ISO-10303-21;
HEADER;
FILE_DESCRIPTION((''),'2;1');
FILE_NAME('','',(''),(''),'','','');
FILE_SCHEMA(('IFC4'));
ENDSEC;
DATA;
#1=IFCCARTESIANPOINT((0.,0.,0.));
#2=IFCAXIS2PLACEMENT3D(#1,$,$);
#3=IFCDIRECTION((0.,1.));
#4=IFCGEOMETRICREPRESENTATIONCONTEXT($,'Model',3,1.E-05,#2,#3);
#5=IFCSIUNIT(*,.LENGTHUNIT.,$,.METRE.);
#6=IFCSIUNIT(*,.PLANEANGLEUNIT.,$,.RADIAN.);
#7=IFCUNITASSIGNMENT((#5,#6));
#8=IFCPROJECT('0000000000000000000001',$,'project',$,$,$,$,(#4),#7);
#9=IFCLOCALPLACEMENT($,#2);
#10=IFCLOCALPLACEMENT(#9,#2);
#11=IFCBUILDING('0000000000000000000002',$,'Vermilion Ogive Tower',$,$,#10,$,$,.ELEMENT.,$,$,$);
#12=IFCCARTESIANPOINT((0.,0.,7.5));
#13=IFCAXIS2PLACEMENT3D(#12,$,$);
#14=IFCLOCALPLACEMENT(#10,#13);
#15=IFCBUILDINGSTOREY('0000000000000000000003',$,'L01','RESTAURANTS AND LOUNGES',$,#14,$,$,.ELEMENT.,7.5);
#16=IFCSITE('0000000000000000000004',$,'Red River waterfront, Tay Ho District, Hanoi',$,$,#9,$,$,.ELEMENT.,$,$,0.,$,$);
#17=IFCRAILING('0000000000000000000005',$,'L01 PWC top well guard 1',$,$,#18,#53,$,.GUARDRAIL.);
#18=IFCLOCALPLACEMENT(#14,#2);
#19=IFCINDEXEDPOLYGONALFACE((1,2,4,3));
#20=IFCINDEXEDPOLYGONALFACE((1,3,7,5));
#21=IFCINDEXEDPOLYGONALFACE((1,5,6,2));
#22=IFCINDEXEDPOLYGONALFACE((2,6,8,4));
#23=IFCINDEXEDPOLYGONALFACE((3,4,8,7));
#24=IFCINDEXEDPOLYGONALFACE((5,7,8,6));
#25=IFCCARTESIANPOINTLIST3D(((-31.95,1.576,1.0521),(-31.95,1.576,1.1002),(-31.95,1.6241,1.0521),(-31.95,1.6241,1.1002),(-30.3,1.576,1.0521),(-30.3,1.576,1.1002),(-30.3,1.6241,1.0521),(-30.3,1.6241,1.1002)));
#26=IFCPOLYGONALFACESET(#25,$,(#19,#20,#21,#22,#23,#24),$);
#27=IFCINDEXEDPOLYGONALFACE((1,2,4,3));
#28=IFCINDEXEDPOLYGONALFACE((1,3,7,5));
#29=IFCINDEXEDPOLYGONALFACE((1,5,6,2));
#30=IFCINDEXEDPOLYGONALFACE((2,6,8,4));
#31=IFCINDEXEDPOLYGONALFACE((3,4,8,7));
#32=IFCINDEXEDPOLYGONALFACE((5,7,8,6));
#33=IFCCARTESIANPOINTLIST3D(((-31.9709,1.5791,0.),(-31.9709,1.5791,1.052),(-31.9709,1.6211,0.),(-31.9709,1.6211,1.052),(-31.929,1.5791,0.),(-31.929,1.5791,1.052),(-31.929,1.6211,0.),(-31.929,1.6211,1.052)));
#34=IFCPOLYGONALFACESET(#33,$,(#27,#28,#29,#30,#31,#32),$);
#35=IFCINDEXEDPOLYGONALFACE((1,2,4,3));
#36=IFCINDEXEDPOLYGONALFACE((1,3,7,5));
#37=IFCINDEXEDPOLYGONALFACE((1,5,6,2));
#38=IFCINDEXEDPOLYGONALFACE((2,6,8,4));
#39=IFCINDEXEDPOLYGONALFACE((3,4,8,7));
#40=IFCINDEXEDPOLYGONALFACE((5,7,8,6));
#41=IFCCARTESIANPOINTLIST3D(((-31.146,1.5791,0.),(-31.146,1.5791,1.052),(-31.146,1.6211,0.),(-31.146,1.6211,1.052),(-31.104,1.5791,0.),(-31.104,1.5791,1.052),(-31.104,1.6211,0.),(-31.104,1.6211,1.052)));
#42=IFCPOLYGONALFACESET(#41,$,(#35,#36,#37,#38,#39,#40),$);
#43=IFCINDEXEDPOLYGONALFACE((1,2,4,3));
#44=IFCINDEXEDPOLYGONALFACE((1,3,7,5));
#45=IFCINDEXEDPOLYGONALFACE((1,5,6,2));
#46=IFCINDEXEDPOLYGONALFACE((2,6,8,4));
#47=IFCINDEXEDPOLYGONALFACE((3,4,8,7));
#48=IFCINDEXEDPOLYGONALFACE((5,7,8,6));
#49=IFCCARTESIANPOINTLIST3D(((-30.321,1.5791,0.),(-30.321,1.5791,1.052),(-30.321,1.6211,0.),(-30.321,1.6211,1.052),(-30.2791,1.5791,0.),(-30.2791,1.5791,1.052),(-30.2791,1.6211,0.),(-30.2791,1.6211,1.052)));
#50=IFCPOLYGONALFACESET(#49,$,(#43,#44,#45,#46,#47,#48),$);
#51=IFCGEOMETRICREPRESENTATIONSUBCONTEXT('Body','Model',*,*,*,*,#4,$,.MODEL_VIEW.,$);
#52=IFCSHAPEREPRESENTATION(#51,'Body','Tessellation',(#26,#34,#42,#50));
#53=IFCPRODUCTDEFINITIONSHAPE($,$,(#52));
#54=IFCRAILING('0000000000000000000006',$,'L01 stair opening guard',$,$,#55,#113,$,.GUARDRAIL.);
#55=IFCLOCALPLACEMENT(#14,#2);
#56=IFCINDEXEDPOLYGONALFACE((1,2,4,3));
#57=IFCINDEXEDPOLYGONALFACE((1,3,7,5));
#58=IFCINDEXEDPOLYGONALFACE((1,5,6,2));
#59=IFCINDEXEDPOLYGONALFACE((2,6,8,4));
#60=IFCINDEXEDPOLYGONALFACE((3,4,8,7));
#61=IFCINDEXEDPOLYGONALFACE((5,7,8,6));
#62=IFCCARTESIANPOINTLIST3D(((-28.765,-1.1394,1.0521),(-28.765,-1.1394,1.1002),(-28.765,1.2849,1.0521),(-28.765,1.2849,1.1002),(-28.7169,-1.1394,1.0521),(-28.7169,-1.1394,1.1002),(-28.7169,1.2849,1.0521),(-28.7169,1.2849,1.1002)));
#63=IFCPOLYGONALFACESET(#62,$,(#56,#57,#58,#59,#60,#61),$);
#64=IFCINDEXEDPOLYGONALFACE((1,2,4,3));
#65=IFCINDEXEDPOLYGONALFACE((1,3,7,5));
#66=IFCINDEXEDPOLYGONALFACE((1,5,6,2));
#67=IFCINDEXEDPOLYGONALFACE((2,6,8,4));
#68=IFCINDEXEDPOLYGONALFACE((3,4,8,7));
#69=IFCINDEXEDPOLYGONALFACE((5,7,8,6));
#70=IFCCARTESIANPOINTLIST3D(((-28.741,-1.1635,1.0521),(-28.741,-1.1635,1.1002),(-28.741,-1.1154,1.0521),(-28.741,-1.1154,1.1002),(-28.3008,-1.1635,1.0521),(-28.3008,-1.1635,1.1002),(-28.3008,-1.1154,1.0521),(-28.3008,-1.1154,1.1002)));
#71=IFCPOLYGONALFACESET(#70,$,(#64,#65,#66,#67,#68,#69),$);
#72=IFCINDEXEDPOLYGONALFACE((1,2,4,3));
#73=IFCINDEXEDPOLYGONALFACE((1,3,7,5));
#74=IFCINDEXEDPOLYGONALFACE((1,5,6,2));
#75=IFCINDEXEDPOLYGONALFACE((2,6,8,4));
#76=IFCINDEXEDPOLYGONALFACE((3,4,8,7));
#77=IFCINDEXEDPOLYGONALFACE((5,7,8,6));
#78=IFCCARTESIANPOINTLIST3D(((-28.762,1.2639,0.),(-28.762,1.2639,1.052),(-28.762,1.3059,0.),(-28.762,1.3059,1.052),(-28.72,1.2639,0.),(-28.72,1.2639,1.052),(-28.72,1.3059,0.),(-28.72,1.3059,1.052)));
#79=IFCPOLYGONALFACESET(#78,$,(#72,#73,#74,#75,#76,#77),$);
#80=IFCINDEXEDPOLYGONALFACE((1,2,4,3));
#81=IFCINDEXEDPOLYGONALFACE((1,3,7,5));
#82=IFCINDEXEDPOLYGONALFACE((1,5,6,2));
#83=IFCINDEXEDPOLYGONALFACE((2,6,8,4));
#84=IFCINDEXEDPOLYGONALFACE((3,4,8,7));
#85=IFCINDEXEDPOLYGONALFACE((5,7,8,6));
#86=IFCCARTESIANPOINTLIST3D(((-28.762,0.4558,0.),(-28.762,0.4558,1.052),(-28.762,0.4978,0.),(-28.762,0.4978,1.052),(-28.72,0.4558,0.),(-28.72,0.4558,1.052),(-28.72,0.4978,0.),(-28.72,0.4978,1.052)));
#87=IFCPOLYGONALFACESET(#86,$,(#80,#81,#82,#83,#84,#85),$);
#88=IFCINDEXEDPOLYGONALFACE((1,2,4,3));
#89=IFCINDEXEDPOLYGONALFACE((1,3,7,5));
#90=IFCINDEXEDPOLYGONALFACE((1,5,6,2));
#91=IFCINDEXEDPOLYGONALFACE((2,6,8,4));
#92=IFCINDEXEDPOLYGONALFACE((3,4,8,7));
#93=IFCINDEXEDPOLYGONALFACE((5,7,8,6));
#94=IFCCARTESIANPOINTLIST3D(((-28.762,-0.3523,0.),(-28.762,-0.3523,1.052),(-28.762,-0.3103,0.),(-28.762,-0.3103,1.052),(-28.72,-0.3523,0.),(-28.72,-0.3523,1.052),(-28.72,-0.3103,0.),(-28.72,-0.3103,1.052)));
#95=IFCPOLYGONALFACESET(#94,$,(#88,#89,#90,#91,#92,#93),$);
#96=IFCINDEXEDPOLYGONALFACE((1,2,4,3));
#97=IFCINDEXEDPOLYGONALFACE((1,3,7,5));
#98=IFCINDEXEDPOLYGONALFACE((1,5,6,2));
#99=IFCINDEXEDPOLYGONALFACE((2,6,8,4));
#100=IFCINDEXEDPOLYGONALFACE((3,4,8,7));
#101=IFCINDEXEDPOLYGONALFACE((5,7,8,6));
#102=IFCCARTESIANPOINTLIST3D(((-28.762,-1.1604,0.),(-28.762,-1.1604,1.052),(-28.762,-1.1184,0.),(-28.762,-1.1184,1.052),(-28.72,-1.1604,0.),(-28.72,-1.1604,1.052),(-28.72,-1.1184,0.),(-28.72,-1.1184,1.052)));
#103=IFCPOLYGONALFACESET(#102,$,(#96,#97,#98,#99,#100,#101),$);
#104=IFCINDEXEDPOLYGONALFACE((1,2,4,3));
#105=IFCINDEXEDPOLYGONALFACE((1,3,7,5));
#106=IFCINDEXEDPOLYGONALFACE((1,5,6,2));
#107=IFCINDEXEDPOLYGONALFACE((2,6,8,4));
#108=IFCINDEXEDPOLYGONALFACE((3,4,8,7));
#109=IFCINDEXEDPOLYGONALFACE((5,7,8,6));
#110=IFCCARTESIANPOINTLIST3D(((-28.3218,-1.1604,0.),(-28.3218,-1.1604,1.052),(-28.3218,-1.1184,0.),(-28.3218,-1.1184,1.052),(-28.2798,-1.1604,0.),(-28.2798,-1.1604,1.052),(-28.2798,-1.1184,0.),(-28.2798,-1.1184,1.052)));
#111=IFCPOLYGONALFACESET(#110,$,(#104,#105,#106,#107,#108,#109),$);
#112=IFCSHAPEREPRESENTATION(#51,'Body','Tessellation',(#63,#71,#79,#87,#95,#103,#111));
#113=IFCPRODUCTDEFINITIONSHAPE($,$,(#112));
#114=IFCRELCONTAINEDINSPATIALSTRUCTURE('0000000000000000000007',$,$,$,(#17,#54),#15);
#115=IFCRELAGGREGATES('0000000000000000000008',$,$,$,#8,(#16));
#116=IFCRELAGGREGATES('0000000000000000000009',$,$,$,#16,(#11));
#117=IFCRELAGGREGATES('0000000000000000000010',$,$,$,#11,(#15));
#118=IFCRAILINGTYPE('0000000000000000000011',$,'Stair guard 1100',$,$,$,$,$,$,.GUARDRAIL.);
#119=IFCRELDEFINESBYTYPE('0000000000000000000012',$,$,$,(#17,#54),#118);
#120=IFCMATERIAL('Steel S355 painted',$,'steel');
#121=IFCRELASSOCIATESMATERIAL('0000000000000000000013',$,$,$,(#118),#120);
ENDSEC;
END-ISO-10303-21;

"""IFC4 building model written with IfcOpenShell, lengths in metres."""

from ifc_helpers import new_model, si_unit, direction, frame, origin, origin_2d, place, context, subcontext, project, spatial, rectangle, extrude, material, type_object, element, save


model = new_model("IFC4")

# Units and contexts
model_context = context("Model", 3, precision=1e-05, world=origin(), true_north=direction((0.0, 1.0)))
body_context = subcontext(model_context, "Body", "Model", "MODEL_VIEW")
ifc_project = project(units=[si_unit("LENGTHUNIT", "METRE"), si_unit("PLANEANGLEUNIT", "RADIAN")], contexts=[model_context])

# Site, building, storey
site_placement = place(None, origin())
site = spatial("IfcSite", under=ifc_project, at=site_placement, Name="Red River waterfront, Tay Ho District, Hanoi", CompositionType="ELEMENT", RefElevation=0.0)
building_placement = place(site_placement, origin())
building = spatial("IfcBuilding", under=site, at=building_placement, Name="Vermilion Ogive Tower", CompositionType="ELEMENT")
storey_placement = place(building_placement, frame((0.0, 0.0, 7.5)))
storey = spatial("IfcBuildingStorey", under=building, at=storey_placement, Name="L01", Description="RESTAURANTS AND LOUNGES", CompositionType="ELEMENT", Elevation=7.5)

# Railings
ifc_material_1 = material(Name="Steel S355 painted", Category="steel")
railing_type = type_object("IfcRailingType", Name="Stair guard 1100", PredefinedType="GUARDRAIL", material=ifc_material_1)
railing_1_placement = place(storey_placement, frame((-31.95, 1.6001, 0.0)))
element("IfcRailing", 1, at=railing_1_placement, inside=storey, type_object=railing_type, Name="L01 PWC top well guard 1", PredefinedType="GUARDRAIL", context=body_context, shape_type="SweptSolid", body=[
    extrude(rectangle(XDim=0.0481, YDim=0.0481, at=origin_2d()), frame((0.0, 0.0, 1.0762), z_axis=(1.0, 0.0, 0.0), x_axis=(0.0, 1.0, 0.0)), (0.0, 0.0, 1.0), 1.6499),
    extrude(rectangle(XDim=0.042, YDim=0.042, at=origin_2d()), origin(), (0.0, 0.0, 1.0), 1.052),
    extrude(rectangle(XDim=0.042, YDim=0.042, at=origin_2d()), frame((0.825, 0.0, 0.0)), (0.0, 0.0, 1.0), 1.052),
    extrude(rectangle(XDim=0.042, YDim=0.042, at=origin_2d()), frame((1.6499, 0.0, 0.0)), (0.0, 0.0, 1.0), 1.052),
])
railing_2_placement = place(storey_placement, frame((-28.741, 1.2849, 0.0)))
element("IfcRailing", 2, at=railing_2_placement, inside=storey, type_object=railing_type, Name="L01 stair opening guard", PredefinedType="GUARDRAIL", context=body_context, shape_type="SweptSolid", body=[
    extrude(rectangle(XDim=0.0481, YDim=0.0481, at=origin_2d()), frame((0.0, 0.0, 1.0762), z_axis=(0.0, -1.0, 0.0), x_axis=(1.0, 0.0, 0.0)), (0.0, 0.0, 1.0), 2.4243),
    extrude(rectangle(XDim=0.0481, YDim=0.0481, at=origin_2d()), frame((0.0, -2.4243, 1.0762), z_axis=(1.0, 0.0, 0.0), x_axis=(0.0, 1.0, 0.0)), (0.0, 0.0, 1.0), 0.4402),
    extrude(rectangle(XDim=0.042, YDim=0.042, at=origin_2d()), origin(), (0.0, 0.0, 1.0), 1.052),
    extrude(rectangle(XDim=0.042, YDim=0.042, at=origin_2d()), frame((0.0, -0.8081, 0.0)), (0.0, 0.0, 1.0), 1.052),
    extrude(rectangle(XDim=0.042, YDim=0.042, at=origin_2d()), frame((0.0, -1.6162, 0.0)), (0.0, 0.0, 1.0), 1.052),
    extrude(rectangle(XDim=0.042, YDim=0.042, at=origin_2d()), frame((0.0, -2.4243, 0.0)), (0.0, 0.0, 1.0), 1.052),
    extrude(rectangle(XDim=0.042, YDim=0.042, at=origin_2d()), frame((0.4402, -2.4243, 0.0)), (0.0, 0.0, 1.0), 1.052),
])

save(model, "model.ifc")
